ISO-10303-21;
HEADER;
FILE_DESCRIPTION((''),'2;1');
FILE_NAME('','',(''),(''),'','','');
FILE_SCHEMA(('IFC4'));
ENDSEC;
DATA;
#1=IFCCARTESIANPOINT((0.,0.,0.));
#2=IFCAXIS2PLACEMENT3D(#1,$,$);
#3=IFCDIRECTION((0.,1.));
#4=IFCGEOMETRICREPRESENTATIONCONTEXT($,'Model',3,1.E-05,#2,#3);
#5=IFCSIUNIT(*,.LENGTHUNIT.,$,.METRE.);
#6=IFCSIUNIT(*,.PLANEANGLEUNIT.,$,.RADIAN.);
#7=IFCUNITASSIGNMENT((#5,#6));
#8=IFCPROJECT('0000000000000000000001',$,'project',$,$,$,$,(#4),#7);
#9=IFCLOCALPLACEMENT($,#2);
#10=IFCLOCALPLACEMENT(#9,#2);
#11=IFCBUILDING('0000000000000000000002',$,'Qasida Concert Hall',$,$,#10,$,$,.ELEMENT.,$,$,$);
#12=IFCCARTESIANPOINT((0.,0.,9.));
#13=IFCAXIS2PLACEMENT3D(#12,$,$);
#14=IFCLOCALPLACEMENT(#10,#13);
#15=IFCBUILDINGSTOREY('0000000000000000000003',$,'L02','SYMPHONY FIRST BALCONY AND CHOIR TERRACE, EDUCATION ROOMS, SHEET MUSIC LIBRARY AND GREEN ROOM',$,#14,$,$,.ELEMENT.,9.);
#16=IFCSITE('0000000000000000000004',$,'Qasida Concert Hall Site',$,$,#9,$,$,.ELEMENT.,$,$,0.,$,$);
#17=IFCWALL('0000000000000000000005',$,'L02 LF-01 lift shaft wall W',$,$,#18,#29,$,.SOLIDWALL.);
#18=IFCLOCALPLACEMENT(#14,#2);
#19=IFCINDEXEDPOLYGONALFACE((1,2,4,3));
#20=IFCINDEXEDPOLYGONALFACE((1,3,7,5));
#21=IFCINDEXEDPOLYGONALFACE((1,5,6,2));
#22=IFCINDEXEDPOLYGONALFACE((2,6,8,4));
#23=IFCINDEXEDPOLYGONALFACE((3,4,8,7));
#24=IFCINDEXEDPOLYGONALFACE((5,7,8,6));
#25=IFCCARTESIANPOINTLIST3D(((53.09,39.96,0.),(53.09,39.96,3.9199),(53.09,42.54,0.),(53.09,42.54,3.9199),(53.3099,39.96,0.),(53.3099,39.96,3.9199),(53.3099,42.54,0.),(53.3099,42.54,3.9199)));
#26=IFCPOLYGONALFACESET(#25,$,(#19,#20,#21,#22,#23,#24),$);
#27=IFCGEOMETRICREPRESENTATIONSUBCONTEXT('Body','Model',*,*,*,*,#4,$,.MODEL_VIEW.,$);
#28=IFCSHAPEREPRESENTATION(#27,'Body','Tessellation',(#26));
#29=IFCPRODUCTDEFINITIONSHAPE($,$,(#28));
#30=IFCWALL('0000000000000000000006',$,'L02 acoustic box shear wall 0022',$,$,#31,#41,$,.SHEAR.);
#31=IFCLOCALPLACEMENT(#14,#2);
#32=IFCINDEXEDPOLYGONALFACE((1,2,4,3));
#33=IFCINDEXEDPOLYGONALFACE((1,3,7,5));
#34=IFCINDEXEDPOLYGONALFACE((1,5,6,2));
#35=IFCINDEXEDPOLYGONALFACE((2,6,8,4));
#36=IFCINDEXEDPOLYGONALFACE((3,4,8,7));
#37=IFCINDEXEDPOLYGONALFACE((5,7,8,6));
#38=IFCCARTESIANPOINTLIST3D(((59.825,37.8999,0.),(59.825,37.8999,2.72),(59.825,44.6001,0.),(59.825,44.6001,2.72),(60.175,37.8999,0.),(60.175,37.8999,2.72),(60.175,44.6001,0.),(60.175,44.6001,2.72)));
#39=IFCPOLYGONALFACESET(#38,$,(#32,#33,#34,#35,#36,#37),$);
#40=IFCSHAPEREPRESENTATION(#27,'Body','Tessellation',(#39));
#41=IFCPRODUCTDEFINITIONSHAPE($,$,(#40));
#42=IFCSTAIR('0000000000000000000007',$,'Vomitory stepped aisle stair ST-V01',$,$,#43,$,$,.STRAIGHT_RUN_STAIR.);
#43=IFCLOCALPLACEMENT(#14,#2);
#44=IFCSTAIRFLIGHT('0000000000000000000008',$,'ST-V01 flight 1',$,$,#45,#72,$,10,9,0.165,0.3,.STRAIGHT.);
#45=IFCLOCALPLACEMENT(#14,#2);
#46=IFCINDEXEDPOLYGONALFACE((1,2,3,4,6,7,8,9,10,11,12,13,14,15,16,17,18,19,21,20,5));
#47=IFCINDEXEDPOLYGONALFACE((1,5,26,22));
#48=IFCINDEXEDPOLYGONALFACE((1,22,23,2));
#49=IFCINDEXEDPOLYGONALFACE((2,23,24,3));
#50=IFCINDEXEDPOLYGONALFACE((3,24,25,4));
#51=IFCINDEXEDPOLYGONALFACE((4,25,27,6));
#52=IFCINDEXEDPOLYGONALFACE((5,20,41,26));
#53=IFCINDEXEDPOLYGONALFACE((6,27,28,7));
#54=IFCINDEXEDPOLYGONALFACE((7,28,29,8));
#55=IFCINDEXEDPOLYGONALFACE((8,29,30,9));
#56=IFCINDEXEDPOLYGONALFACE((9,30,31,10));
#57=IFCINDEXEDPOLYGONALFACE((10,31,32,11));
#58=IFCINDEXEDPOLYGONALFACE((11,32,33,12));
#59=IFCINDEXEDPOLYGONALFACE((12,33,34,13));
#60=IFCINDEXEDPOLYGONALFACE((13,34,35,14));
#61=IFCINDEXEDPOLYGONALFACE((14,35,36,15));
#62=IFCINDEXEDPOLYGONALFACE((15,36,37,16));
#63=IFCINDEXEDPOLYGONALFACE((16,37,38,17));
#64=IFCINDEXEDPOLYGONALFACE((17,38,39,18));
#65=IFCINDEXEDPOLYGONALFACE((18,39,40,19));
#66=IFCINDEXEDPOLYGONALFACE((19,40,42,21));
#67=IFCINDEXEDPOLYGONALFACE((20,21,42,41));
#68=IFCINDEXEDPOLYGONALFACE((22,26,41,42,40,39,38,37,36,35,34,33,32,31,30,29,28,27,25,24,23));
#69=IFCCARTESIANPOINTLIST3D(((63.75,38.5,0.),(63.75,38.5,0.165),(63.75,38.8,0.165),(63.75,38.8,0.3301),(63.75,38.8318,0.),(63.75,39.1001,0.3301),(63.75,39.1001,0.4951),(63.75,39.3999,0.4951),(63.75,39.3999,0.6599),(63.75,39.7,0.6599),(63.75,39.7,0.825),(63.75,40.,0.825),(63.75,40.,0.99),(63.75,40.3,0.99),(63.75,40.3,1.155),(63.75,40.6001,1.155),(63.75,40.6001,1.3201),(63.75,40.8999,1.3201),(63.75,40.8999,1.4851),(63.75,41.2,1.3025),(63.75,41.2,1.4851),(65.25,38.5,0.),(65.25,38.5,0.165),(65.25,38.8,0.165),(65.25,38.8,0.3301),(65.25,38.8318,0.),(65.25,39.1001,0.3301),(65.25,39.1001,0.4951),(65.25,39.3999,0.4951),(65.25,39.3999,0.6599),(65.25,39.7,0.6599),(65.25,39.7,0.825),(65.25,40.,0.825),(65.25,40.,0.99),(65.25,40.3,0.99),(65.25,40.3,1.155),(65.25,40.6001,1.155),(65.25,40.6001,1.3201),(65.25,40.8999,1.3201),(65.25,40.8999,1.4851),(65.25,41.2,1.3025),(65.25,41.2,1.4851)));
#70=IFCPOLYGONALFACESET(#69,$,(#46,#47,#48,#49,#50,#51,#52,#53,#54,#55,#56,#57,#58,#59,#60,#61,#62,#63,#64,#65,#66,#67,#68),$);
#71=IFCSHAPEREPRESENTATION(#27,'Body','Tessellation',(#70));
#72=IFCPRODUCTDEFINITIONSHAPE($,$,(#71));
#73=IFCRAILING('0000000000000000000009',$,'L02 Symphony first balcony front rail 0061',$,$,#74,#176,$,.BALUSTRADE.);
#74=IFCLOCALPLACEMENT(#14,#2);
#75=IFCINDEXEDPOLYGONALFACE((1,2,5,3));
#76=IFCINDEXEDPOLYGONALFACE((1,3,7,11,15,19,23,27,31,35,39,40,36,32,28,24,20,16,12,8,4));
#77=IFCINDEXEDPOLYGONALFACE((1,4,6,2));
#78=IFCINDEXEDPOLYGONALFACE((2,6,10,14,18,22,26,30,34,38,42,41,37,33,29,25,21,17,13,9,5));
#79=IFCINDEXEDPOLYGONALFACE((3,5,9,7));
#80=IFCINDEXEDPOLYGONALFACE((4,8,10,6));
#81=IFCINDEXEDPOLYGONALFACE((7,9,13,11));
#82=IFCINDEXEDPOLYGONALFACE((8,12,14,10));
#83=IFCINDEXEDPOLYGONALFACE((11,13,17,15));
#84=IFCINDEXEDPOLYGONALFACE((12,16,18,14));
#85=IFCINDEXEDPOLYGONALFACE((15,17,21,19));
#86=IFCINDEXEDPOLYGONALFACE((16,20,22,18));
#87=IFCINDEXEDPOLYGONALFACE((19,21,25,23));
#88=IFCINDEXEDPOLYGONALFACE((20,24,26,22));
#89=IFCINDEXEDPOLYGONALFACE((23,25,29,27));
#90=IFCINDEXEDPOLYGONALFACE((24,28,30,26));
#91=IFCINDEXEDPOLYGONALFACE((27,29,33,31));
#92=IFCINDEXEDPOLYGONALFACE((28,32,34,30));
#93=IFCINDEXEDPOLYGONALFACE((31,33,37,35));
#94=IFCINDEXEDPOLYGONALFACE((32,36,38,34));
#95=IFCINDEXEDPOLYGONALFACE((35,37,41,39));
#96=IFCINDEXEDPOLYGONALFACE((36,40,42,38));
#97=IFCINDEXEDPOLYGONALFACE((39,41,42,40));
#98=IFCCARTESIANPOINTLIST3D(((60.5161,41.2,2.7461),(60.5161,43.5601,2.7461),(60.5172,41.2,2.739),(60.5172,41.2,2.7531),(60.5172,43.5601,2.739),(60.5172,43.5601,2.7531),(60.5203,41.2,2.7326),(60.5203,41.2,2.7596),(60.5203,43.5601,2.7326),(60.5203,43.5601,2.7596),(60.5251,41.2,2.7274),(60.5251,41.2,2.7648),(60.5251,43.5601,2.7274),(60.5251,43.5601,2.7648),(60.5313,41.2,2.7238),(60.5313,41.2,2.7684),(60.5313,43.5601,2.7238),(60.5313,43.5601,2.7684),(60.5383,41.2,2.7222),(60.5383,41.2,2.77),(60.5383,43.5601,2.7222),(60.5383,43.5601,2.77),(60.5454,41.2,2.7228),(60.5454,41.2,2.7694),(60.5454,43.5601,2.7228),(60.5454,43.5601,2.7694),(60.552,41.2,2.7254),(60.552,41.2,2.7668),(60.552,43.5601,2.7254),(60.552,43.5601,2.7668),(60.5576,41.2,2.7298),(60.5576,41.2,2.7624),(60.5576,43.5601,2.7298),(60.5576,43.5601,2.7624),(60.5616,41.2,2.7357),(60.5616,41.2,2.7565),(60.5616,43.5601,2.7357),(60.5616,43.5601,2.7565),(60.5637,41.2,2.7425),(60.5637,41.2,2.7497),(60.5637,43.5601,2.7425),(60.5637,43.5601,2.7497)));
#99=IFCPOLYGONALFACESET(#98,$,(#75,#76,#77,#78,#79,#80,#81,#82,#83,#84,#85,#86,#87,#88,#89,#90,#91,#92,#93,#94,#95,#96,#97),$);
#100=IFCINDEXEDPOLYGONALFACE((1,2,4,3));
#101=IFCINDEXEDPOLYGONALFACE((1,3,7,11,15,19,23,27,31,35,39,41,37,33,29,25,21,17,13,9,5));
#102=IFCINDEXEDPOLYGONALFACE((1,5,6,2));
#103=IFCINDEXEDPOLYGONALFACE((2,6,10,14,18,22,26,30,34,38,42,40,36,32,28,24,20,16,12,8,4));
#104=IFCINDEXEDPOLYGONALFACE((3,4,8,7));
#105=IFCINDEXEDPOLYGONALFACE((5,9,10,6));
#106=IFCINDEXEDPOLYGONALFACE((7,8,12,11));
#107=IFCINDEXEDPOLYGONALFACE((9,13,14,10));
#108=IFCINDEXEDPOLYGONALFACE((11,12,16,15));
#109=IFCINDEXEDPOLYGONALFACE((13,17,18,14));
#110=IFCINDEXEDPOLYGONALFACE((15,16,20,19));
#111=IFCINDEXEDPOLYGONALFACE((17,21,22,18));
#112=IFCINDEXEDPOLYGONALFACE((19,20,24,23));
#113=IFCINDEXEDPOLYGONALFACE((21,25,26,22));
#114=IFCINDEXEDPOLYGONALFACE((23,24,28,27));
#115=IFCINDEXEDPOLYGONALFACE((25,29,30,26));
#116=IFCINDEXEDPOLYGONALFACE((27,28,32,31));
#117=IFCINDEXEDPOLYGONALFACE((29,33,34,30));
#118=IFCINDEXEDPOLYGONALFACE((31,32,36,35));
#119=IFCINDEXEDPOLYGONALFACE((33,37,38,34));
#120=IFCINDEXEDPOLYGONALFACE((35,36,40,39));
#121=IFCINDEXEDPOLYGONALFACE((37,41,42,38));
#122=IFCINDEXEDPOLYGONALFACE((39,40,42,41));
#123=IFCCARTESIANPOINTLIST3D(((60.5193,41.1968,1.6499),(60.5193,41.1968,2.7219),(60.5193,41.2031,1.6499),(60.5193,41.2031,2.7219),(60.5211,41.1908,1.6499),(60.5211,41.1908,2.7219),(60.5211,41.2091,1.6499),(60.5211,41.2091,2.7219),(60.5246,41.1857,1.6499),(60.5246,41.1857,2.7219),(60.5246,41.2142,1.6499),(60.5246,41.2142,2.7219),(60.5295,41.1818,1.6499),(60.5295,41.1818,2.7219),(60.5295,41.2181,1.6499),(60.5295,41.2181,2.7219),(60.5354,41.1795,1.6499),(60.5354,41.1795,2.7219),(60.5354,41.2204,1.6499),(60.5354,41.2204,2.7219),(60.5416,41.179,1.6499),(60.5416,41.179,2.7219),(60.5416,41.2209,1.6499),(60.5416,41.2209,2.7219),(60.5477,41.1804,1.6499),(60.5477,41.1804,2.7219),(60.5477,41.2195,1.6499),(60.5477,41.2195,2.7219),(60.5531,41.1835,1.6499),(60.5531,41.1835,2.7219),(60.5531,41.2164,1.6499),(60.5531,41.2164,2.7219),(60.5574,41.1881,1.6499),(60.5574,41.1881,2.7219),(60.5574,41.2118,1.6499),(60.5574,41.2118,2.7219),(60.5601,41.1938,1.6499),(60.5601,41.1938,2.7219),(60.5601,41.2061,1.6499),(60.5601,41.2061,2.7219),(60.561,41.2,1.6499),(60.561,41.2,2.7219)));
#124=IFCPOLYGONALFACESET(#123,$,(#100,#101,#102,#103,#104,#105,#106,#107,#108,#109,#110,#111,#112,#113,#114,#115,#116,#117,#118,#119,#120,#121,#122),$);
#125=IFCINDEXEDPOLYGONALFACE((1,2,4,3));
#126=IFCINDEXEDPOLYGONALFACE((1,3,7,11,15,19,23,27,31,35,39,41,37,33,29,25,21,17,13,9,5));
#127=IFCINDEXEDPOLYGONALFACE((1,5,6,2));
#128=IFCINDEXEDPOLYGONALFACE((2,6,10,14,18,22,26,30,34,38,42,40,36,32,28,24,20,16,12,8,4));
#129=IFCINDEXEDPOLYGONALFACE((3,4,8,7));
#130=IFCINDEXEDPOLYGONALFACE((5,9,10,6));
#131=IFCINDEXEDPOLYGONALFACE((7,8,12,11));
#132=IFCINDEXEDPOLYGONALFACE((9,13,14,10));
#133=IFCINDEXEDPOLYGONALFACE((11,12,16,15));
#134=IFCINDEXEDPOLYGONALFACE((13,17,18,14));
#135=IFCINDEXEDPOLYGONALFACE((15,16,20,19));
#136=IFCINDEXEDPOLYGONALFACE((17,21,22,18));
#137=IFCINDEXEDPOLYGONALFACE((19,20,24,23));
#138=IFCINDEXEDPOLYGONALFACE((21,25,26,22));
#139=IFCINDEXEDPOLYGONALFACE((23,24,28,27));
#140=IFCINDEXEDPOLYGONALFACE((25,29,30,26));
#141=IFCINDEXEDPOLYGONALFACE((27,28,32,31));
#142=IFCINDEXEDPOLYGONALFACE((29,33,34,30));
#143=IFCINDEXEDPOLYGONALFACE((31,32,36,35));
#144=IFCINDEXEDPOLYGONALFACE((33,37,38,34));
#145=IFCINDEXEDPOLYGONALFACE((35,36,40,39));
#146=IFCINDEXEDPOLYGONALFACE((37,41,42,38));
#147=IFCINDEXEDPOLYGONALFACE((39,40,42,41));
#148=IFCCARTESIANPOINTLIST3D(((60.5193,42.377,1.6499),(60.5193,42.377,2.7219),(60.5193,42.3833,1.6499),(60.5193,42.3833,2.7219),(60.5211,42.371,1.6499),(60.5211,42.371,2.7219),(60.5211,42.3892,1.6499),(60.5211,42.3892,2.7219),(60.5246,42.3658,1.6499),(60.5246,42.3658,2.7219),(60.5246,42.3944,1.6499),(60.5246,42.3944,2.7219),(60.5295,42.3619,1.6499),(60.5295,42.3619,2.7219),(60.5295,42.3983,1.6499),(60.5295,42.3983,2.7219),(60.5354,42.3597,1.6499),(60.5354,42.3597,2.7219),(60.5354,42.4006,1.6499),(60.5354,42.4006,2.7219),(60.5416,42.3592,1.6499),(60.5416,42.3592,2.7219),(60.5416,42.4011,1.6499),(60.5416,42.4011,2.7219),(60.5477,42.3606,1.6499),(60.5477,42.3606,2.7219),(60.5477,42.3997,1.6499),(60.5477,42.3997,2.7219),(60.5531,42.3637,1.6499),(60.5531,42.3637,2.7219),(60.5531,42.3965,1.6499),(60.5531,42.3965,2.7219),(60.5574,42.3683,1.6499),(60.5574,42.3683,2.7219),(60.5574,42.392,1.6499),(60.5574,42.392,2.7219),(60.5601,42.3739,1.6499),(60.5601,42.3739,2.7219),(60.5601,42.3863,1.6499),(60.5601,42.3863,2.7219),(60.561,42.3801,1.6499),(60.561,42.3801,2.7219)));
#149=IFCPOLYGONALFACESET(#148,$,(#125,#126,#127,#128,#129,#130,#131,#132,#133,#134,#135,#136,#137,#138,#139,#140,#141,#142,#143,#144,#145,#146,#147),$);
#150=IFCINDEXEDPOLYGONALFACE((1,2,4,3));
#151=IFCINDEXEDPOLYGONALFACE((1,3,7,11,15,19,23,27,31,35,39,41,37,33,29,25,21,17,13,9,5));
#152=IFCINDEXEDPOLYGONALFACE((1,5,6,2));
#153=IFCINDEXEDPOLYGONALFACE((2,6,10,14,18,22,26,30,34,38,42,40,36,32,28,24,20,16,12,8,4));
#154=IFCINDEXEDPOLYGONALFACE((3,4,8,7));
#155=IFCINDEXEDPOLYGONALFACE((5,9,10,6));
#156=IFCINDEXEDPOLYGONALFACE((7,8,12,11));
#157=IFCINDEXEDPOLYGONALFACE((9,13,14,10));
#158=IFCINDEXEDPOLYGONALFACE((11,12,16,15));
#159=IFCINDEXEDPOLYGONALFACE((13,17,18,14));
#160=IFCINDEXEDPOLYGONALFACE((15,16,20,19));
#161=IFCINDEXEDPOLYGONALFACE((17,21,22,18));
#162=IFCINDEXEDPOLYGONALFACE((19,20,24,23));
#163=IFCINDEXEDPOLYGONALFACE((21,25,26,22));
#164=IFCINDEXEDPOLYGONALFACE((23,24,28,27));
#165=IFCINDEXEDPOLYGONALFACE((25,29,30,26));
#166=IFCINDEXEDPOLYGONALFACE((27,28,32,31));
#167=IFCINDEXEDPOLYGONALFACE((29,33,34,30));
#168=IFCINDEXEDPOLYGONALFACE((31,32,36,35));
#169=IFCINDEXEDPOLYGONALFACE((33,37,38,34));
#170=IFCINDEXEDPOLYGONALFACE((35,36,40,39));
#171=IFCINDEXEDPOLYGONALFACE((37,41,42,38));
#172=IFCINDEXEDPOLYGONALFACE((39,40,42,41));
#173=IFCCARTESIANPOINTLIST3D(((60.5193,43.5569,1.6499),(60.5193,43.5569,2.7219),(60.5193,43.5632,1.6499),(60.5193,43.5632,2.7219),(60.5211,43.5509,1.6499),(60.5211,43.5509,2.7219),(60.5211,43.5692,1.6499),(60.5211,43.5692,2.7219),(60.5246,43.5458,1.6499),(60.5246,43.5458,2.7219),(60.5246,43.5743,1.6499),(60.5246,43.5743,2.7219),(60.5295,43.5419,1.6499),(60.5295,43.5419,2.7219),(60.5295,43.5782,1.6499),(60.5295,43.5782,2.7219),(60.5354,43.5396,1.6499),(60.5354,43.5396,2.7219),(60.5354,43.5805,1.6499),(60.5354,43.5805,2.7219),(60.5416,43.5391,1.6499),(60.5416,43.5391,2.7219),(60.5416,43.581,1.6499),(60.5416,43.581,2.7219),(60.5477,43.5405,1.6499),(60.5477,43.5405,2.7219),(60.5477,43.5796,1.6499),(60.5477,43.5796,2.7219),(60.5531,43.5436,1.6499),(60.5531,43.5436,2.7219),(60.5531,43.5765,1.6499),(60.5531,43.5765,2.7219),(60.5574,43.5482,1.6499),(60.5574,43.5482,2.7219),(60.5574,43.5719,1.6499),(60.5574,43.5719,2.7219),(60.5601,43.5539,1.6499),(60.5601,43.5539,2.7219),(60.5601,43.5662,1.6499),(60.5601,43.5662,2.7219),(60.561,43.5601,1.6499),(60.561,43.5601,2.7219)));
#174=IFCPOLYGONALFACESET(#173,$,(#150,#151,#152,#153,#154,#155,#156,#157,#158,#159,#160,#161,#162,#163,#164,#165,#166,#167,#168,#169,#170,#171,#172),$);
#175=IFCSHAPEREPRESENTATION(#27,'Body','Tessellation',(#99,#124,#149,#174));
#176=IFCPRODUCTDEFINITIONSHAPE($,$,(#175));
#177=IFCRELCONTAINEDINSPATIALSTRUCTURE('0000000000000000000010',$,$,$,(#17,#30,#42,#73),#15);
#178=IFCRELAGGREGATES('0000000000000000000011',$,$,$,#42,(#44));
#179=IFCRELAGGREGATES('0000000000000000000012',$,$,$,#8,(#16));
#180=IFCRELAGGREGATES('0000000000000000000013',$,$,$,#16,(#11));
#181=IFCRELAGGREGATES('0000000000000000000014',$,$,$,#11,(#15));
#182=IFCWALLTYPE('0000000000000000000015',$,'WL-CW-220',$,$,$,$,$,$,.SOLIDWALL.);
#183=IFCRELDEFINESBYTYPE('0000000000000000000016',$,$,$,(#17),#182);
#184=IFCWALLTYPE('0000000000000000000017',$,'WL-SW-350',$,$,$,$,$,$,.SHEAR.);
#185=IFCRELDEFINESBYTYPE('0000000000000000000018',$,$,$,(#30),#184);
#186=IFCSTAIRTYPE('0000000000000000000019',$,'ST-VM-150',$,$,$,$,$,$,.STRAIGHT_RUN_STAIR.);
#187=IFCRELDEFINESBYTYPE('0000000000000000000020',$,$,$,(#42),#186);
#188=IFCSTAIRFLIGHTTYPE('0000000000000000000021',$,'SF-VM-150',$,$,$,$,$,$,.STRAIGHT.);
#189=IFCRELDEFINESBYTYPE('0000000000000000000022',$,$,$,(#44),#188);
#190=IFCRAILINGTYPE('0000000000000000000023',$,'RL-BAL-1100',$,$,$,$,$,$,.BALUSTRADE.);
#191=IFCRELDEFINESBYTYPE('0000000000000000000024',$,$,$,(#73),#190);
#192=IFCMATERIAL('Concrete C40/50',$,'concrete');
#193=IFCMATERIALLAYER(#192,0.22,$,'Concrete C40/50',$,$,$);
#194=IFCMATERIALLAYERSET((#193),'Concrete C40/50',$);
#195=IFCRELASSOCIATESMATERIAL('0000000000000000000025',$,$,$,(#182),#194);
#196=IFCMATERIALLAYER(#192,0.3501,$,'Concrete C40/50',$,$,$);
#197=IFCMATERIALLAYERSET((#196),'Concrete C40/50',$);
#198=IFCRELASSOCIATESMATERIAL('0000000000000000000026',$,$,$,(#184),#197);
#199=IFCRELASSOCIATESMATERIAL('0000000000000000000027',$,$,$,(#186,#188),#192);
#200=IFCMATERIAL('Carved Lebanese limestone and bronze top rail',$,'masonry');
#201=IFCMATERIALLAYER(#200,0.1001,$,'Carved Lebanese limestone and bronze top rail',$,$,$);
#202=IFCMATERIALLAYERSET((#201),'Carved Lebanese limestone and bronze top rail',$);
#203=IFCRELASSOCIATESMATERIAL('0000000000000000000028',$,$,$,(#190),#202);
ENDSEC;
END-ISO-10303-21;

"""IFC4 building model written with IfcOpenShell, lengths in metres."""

from ifc_helpers import new_model, si_unit, direction, frame, frame_2d, origin, origin_2d, place, context, subcontext, project, spatial, polyline, rectangle, circle, outline, extrude, material, layer, layer_set, type_object, element, aggregate, save


model = new_model("IFC4")

# Units and contexts
model_context = context("Model", 3, precision=1e-05, world=origin(), true_north=direction((0.0, 1.0)))
body_context = subcontext(model_context, "Body", "Model", "MODEL_VIEW")
ifc_project = project(units=[si_unit("LENGTHUNIT", "METRE"), si_unit("PLANEANGLEUNIT", "RADIAN")], contexts=[model_context])

# Site, building, storey
site_placement = place(None, origin())
site = spatial("IfcSite", under=ifc_project, at=site_placement, Name="Qasida Concert Hall Site", CompositionType="ELEMENT", RefElevation=0.0)
building_placement = place(site_placement, origin())
building = spatial("IfcBuilding", under=site, at=building_placement, Name="Qasida Concert Hall", CompositionType="ELEMENT")
storey_placement = place(building_placement, frame((0.0, 0.0, 9.0)))
storey = spatial("IfcBuildingStorey", under=building, at=storey_placement, Name="L02", Description="SYMPHONY FIRST BALCONY AND CHOIR TERRACE, EDUCATION ROOMS, SHEET MUSIC LIBRARY AND GREEN ROOM", CompositionType="ELEMENT", Elevation=9.0)

# Shared definitions
ifc_material_1 = material(Name="Concrete C40/50", Category="concrete")

# Wall
ifc_layer_1 = layer(ifc_material_1, 0.22, Name="Concrete C40/50")
ifc_layer_set_1 = layer_set([ifc_layer_1], Name="Concrete C40/50")
wall_type_1 = type_object("IfcWallType", Name="WL-CW-220", PredefinedType="SOLIDWALL", material=ifc_layer_set_1)
wall_1_placement = place(storey_placement, frame((53.2, 39.96, 0.0), z_axis=(0.0, 0.0, 1.0), x_axis=(0.0, 1.0, 0.0)))
element("IfcWall", 1, at=wall_1_placement, inside=storey, type_object=wall_type_1, Name="L02 LF-01 lift shaft wall W", PredefinedType="SOLIDWALL", context=body_context, shape_type="SweptSolid", body=[
    extrude(rectangle(XDim=2.5801, YDim=0.22, at=frame_2d((1.29, 0.0))), origin(), (0.0, 0.0, 1.0), 3.9199),
])

# Wall
ifc_layer_2 = layer(ifc_material_1, 0.3501, Name="Concrete C40/50")
ifc_layer_set_2 = layer_set([ifc_layer_2], Name="Concrete C40/50")
wall_type_2 = type_object("IfcWallType", Name="WL-SW-350", PredefinedType="SHEAR", material=ifc_layer_set_2)
wall_2_placement = place(storey_placement, frame((60.0, 37.8999, 0.0), z_axis=(0.0, 0.0, 1.0), x_axis=(0.0, 1.0, 0.0)))
element("IfcWall", 2, at=wall_2_placement, inside=storey, type_object=wall_type_2, Name="L02 acoustic box shear wall 0022", PredefinedType="SHEAR", context=body_context, shape_type="SweptSolid", body=[
    extrude(rectangle(XDim=6.7002, YDim=0.3501, at=frame_2d((3.3501, 0.0))), origin(), (0.0, 0.0, 1.0), 2.72),
])

# Stair, stair flight
stair_type = type_object("IfcStairType", Name="ST-VM-150", PredefinedType="STRAIGHT_RUN_STAIR", material=ifc_material_1)
stair_placement = place(storey_placement, origin())
stair = element("IfcStair", 3, at=stair_placement, inside=storey, type_object=stair_type, Name="Vomitory stepped aisle stair ST-V01", PredefinedType="STRAIGHT_RUN_STAIR")
stair_flight_type = type_object("IfcStairFlightType", Name="SF-VM-150", PredefinedType="STRAIGHT", material=ifc_material_1)
stair_flight_placement = place(storey_placement, frame((64.5, 38.5, 0.0), z_axis=(0.0, 0.0, 1.0), x_axis=(0.0, 1.0, 0.0)))
stair_flight = element("IfcStairFlight", 4, at=stair_flight_placement, type_object=stair_flight_type, Name="ST-V01 flight 1", NumberOfRisers=10, NumberOfTreads=9, PredefinedType="STRAIGHT", RiserHeight=0.165, TreadLength=0.3, context=body_context, shape_type="SweptSolid", body=[
    extrude(outline(polyline([(0.0, 0.0), (0.0, 0.165), (0.3, 0.165), (0.3, 0.3301), (0.6001, 0.3301), (0.6001, 0.4951), (0.8999, 0.4951), (0.8999, 0.6599), (1.2, 0.6599), (1.2, 0.825), (1.5, 0.825), (1.5, 0.99), (1.8, 0.99), (1.8, 1.155), (2.1001, 1.155), (2.1001, 1.3201), (2.3999, 1.3201), (2.3999, 1.4851), (2.7, 1.4851), (2.7, 1.6499), (2.7, 1.3025), (0.3318, 0.0), (0.0, 0.0)])), frame((0.0, 0.75, 0.0), z_axis=(0.0, -1.0, 0.0), x_axis=(1.0, 0.0, 0.0)), (0.0, 0.0, 1.0), 1.5),
])
aggregate(stair, [stair_flight])

# Railing
ifc_material_2 = material(Name="Carved Lebanese limestone and bronze top rail", Category="masonry")
ifc_layer_3 = layer(ifc_material_2, 0.1001, Name="Carved Lebanese limestone and bronze top rail")
ifc_layer_set_3 = layer_set([ifc_layer_3], Name="Carved Lebanese limestone and bronze top rail")
railing_type_1 = type_object("IfcRailingType", Name="RL-BAL-1100", PredefinedType="BALUSTRADE", material=ifc_layer_set_3)
railing_1_placement = place(storey_placement, frame((60.54, 41.2, 1.6499)))
element("IfcRailing", 5, at=railing_1_placement, inside=storey, type_object=railing_type_1, Name="L02 Symphony first balcony front rail 0061", PredefinedType="BALUSTRADE", context=body_context, shape_type="SweptSolid", body=[
    extrude(circle(Radius=0.0239, at=origin_2d()), frame((0.0, 0.0, 1.0962), z_axis=(0.0, 1.0, 0.0), x_axis=(-1.0, 0.0, 0.0)), (0.0, 0.0, 1.0), 2.3601),
    extrude(circle(Radius=0.021, at=origin_2d()), origin(), (0.0, 0.0, 1.0), 1.072),
    extrude(circle(Radius=0.021, at=origin_2d()), frame((0.0, 1.1802, 0.0)), (0.0, 0.0, 1.0), 1.072),
    extrude(circle(Radius=0.021, at=origin_2d()), frame((0.0, 2.3601, 0.0)), (0.0, 0.0, 1.0), 1.072),
])

save(model, "model.ifc")
